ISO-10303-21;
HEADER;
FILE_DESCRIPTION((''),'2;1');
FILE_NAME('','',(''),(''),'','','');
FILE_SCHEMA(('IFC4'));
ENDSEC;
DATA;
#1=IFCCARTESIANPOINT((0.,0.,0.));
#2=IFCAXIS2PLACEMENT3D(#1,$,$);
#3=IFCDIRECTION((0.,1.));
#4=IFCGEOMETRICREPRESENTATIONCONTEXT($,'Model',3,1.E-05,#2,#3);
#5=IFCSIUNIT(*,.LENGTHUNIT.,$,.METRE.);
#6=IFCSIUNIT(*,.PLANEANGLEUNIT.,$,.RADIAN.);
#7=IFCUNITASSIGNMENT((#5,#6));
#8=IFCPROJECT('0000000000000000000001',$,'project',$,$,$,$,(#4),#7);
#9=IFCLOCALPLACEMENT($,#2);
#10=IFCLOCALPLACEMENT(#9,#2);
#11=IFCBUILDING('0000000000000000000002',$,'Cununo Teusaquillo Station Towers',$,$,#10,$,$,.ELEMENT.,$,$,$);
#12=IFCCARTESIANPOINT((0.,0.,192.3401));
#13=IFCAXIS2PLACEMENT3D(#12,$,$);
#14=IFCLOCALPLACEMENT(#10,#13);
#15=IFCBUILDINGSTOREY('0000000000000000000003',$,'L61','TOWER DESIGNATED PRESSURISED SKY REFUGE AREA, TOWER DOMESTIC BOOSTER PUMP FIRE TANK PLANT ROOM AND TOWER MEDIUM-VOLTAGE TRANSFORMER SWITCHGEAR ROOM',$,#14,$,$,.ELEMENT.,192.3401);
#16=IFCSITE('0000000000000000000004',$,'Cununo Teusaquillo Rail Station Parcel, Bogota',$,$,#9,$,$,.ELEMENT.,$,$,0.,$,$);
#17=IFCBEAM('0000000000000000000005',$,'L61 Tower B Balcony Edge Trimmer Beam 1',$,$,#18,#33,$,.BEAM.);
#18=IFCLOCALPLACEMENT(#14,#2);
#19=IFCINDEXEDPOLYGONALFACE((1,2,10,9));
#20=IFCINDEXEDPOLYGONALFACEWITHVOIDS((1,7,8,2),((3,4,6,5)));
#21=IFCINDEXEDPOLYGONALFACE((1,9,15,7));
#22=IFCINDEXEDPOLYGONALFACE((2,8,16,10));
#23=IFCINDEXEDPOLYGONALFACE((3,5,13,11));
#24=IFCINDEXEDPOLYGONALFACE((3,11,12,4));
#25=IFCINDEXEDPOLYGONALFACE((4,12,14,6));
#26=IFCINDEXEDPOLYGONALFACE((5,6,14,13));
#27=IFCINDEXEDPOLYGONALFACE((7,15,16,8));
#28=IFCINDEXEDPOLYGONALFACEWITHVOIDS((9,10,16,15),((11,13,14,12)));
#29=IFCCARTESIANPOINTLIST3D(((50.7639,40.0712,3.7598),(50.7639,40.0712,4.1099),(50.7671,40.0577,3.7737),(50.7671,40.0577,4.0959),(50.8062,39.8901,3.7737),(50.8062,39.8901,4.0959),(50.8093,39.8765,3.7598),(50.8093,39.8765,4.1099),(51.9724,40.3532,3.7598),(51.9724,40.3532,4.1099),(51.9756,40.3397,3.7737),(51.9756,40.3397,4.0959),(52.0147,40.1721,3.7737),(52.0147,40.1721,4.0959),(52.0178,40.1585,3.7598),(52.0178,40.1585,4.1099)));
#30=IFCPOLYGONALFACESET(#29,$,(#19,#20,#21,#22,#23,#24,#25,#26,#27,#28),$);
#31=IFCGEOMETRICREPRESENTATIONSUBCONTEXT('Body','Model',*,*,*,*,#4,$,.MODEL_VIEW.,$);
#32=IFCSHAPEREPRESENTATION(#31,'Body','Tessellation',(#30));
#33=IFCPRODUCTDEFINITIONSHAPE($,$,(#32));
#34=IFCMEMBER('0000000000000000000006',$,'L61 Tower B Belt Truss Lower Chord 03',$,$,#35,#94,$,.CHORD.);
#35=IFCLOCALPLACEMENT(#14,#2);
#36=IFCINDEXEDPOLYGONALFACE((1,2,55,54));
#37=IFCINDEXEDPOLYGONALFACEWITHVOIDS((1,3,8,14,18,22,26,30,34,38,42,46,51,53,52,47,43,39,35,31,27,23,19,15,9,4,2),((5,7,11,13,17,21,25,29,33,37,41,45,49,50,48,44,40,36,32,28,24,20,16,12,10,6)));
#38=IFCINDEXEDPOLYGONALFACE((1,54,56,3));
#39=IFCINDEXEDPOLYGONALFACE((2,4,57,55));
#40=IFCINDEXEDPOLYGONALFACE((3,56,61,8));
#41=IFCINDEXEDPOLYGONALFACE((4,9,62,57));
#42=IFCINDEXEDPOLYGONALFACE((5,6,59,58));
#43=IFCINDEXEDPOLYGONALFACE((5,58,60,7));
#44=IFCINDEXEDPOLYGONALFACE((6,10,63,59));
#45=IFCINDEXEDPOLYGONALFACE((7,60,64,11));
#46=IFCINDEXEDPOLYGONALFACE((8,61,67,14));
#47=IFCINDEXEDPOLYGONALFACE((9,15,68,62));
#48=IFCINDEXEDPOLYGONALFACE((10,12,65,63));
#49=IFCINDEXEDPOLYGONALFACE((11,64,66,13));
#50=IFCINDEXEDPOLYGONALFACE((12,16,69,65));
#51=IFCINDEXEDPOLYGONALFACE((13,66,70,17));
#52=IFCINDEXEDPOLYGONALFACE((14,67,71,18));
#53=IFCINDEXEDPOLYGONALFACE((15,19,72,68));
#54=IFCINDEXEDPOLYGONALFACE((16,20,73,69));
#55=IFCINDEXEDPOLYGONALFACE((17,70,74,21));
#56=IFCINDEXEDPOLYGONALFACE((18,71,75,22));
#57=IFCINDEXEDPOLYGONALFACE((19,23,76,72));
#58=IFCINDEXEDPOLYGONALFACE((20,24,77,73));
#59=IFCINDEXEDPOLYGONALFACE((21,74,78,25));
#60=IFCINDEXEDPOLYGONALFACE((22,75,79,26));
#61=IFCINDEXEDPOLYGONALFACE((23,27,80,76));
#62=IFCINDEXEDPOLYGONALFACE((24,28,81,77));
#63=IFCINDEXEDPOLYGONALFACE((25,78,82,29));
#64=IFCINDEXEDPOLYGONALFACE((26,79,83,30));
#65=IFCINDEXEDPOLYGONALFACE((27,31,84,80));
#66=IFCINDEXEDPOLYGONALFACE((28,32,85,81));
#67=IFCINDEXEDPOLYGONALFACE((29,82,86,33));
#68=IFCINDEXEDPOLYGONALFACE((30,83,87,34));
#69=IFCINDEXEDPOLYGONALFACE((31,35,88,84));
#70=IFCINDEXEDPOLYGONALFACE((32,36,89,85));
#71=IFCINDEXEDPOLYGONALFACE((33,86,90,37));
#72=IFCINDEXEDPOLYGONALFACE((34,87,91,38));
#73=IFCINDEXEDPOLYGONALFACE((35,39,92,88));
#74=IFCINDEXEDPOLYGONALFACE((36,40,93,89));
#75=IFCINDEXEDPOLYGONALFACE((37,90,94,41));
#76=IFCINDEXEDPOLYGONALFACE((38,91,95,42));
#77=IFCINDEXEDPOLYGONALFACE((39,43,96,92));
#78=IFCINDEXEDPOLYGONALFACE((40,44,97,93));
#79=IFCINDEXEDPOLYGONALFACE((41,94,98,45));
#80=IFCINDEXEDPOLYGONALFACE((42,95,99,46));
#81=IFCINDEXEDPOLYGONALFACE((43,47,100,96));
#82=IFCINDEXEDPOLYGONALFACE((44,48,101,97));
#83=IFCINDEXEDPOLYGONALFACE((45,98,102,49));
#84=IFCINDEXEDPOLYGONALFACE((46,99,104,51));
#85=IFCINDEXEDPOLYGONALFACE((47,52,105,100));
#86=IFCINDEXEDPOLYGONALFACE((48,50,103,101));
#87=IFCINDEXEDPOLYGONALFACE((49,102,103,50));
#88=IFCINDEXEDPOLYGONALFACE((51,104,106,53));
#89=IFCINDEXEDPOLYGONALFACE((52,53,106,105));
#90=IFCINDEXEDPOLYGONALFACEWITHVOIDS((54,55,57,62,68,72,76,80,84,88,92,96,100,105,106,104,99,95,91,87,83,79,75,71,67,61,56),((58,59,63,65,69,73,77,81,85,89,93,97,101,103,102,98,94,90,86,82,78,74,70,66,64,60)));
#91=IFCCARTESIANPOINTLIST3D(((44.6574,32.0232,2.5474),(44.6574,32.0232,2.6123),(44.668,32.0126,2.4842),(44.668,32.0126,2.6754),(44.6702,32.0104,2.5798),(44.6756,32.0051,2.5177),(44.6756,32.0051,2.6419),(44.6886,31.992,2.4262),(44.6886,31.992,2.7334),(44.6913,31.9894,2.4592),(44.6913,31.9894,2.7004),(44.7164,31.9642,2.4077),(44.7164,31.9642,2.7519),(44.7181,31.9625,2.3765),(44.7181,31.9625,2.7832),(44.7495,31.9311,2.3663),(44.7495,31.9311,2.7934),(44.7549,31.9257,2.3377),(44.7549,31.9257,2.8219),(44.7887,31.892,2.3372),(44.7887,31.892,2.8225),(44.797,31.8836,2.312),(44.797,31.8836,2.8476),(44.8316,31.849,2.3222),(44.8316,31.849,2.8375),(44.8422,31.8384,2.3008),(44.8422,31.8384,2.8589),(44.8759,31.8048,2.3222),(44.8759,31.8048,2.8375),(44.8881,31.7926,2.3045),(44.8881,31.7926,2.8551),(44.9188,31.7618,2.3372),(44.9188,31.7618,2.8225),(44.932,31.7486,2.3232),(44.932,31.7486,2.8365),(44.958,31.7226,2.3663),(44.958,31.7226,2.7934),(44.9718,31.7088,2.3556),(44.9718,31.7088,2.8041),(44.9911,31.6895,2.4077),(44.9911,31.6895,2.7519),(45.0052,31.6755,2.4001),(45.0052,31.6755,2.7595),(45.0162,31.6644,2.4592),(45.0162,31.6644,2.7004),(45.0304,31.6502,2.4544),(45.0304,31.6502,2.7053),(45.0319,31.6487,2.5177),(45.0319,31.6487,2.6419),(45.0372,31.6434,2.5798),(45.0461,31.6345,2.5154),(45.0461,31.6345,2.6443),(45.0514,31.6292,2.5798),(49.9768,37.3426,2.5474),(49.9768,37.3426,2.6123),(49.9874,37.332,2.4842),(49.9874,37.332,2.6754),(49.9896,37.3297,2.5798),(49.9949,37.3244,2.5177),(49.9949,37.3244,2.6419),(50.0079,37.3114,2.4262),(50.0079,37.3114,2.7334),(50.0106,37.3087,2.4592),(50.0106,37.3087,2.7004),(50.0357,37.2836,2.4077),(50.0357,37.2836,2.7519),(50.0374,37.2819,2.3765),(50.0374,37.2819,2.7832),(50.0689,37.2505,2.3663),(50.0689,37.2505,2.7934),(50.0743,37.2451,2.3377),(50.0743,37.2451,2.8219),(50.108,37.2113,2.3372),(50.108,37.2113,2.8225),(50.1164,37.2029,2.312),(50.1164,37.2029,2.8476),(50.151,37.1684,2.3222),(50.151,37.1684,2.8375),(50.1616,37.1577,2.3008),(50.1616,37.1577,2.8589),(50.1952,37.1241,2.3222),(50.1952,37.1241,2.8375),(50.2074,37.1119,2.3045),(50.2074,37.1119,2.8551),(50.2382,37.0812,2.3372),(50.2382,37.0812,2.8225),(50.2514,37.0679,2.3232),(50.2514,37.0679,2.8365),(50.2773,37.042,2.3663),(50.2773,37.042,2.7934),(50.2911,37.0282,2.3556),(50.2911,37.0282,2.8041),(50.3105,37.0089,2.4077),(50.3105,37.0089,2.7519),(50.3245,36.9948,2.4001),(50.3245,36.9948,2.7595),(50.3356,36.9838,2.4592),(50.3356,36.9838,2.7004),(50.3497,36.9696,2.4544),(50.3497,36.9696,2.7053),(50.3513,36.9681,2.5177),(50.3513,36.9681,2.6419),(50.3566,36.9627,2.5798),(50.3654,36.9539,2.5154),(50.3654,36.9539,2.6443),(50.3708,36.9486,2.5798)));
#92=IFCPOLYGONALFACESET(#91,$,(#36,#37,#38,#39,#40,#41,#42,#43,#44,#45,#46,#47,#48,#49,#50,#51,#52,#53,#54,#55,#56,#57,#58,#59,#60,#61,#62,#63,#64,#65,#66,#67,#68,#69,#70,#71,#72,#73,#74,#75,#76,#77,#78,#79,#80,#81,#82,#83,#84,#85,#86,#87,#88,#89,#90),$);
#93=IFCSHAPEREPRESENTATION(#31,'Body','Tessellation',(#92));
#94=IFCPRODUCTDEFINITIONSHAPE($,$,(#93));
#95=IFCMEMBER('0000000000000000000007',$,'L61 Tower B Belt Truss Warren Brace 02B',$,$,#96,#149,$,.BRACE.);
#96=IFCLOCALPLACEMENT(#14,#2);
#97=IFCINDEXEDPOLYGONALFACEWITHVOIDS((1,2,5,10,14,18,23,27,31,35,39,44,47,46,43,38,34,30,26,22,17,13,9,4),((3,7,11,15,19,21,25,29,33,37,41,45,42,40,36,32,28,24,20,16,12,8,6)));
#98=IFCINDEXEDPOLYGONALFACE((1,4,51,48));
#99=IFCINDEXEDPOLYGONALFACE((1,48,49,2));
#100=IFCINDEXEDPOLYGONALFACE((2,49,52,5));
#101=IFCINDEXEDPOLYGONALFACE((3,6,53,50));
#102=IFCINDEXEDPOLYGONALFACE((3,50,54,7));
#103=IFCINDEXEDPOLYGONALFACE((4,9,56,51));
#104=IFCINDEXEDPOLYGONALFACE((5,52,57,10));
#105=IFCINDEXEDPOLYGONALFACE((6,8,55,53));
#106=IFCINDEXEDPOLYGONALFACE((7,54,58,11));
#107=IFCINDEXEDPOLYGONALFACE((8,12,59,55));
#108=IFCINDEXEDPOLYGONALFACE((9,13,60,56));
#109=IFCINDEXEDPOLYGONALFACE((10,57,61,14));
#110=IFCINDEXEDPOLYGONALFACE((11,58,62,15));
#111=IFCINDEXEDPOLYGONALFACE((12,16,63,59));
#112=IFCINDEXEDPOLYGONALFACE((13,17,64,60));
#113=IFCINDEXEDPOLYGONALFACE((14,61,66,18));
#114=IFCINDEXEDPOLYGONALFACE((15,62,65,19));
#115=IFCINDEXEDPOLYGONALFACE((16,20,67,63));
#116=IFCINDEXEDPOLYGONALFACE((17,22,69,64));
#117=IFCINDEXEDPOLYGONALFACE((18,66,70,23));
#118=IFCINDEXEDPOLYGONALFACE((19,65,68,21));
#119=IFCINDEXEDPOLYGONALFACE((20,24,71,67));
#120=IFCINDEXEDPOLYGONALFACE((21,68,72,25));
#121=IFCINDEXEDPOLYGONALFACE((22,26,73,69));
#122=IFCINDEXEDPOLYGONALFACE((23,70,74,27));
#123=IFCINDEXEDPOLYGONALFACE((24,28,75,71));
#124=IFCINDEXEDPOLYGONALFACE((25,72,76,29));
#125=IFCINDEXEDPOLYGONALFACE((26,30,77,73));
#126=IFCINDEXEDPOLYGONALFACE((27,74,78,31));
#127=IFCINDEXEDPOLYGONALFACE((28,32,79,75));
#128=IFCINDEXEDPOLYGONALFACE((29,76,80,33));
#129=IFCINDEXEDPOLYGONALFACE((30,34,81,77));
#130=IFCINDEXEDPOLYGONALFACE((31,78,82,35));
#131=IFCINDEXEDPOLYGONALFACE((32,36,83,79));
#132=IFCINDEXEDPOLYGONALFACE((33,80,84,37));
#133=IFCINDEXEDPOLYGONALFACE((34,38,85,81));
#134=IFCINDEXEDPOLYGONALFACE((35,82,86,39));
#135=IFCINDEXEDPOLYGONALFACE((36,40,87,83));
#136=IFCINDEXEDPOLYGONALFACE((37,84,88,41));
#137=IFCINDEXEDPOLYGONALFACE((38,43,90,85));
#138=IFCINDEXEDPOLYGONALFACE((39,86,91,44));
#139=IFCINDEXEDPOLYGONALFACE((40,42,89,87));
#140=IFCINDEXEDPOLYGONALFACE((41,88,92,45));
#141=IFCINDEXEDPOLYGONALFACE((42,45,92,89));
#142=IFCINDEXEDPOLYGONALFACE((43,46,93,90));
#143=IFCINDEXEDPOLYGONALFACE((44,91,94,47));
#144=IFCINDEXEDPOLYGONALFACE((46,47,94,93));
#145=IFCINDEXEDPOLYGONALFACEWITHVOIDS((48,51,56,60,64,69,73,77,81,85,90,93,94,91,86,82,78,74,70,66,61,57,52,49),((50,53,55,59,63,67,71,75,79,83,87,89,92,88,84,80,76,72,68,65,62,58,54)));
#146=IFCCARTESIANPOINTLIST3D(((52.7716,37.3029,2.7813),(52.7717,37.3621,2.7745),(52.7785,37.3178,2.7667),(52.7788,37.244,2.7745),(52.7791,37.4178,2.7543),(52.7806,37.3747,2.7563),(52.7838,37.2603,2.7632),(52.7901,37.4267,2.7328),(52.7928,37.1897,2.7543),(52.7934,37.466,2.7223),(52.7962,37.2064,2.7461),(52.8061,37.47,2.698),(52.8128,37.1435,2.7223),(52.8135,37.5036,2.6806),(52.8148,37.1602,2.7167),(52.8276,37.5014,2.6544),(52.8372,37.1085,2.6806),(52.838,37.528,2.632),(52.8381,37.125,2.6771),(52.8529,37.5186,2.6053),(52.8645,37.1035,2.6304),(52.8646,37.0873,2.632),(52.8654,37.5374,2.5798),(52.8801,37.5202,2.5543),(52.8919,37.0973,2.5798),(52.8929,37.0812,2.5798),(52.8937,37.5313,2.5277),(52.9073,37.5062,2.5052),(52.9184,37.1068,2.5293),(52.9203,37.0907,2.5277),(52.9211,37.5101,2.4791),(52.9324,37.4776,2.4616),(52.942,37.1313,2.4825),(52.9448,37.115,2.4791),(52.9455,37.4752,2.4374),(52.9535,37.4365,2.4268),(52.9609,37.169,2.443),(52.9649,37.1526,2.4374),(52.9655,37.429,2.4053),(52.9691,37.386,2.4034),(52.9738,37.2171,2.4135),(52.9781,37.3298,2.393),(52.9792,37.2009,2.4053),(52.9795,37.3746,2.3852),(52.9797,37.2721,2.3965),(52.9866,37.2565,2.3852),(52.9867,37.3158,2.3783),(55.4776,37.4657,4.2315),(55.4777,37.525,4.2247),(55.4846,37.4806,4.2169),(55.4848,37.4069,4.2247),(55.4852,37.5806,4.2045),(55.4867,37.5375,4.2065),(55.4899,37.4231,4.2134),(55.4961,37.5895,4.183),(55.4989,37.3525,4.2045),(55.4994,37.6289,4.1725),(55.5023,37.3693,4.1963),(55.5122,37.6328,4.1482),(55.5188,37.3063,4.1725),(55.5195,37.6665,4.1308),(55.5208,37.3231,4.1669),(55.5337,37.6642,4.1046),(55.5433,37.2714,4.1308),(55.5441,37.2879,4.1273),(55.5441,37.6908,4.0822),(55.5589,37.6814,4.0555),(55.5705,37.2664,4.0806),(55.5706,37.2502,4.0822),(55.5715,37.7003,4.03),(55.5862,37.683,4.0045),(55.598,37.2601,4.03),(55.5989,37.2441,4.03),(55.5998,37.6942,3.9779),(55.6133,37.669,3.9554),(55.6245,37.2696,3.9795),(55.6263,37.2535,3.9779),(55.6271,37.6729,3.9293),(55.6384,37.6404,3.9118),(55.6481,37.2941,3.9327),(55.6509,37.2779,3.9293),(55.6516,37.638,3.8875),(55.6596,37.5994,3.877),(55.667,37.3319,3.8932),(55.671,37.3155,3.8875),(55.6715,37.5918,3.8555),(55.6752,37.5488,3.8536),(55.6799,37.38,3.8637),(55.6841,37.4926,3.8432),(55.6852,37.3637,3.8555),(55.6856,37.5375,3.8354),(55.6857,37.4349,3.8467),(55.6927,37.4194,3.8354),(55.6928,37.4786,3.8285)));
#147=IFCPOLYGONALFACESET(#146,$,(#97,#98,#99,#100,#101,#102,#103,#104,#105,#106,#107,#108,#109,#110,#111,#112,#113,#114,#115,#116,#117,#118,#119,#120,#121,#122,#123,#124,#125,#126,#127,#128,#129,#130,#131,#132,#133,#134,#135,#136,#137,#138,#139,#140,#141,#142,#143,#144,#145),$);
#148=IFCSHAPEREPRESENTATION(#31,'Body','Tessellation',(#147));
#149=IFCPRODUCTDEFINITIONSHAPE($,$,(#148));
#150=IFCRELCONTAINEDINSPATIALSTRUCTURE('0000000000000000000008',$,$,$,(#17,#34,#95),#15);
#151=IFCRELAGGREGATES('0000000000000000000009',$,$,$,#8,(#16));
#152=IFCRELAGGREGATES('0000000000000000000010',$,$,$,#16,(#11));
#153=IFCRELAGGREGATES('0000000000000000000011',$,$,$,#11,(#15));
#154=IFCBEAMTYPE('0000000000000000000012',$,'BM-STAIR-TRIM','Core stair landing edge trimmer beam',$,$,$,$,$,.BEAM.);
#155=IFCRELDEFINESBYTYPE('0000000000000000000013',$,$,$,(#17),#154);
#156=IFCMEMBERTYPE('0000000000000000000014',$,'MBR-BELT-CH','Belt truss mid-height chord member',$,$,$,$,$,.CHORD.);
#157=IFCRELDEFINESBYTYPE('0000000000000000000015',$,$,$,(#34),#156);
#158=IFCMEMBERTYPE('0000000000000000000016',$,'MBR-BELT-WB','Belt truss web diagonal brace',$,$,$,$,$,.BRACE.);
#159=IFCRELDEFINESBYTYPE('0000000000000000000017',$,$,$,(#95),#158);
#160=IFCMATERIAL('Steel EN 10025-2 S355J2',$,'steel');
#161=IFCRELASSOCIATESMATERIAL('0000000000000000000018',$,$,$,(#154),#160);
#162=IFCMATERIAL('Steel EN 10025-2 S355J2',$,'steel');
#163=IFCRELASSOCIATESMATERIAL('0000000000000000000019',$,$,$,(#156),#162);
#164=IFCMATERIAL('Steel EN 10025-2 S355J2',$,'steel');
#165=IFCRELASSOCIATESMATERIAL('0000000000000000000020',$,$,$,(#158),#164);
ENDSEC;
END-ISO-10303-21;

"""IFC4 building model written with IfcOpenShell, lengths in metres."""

from ifc_helpers import new_model, si_unit, direction, frame, origin, origin_2d, place, context, subcontext, project, spatial, hollow_rectangle, hollow_circle, extrude, material, material_profile, profile_set, type_object, element, save


model = new_model("IFC4")

# Units and contexts
model_context = context("Model", 3, precision=1e-05, world=origin(), true_north=direction((0.0, 1.0)))
body_context = subcontext(model_context, "Body", "Model", "MODEL_VIEW")
ifc_project = project(units=[si_unit("LENGTHUNIT", "METRE"), si_unit("PLANEANGLEUNIT", "RADIAN")], contexts=[model_context])

# Site, building, storey
site_placement = place(None, origin())
site = spatial("IfcSite", under=ifc_project, at=site_placement, Name="Cununo Teusaquillo Rail Station Parcel, Bogota", CompositionType="ELEMENT", RefElevation=0.0)
building_placement = place(site_placement, origin())
building = spatial("IfcBuilding", under=site, at=building_placement, Name="Cununo Teusaquillo Station Towers", CompositionType="ELEMENT")
storey_placement = place(building_placement, frame((0.0, 0.0, 192.3401)))
storey = spatial("IfcBuildingStorey", under=building, at=storey_placement, Name="L61", Description="TOWER DESIGNATED PRESSURISED SKY REFUGE AREA, TOWER DOMESTIC BOOSTER PUMP FIRE TANK PLANT ROOM AND TOWER MEDIUM-VOLTAGE TRANSFORMER SWITCHGEAR ROOM", CompositionType="ELEMENT", Elevation=192.3401)

# Beam
ifc_material_1 = material(Name="Steel EN 10025-2 S355J2", Category="steel")
ifc_material_profile_1 = material_profile(ifc_material_1, hollow_rectangle(XDim=0.2, YDim=0.3501, WallThickness=0.0139, at=origin_2d()), Name="RHS 350x200x14")
ifc_profile_set_1 = profile_set([ifc_material_profile_1], Name="Steel EN 10025-2 S355J2")
beam_type_1 = type_object("IfcBeamType", Name="BM-STAIR-TRIM", Description="Core stair landing edge trimmer beam", PredefinedType="BEAM", material=ifc_profile_set_1)
beam_1_placement = place(storey_placement, frame((51.9951, 40.2559, 3.9348), z_axis=(-0.973841, -0.22723, 0.0), x_axis=(0.22723, -0.973841, 0.0)))
element("IfcBeam", 1, at=beam_1_placement, inside=storey, type_object=beam_type_1, Name="L61 Tower B Balcony Edge Trimmer Beam 1", PredefinedType="BEAM", context=body_context, shape_type="SweptSolid", body=[
    extrude(hollow_rectangle(XDim=0.2, YDim=0.3501, WallThickness=0.0139, at=origin_2d()), origin(), (0.0, 0.0, 1.0), 1.241),
])

# Members
ifc_material_2 = material(Name="Steel EN 10025-2 S355J2", Category="steel")
ifc_material_profile_2 = material_profile(ifc_material_2, hollow_circle(Radius=0.2795, WallThickness=0.02, at=origin_2d()), Name="CHS 559x20")
ifc_profile_set_2 = profile_set([ifc_material_profile_2], Name="Steel EN 10025-2 S355J2")
member_type_1 = type_object("IfcMemberType", Name="MBR-BELT-CH", Description="Belt truss mid-height chord member", PredefinedType="CHORD", material=ifc_profile_set_2)
member_1_placement = place(storey_placement, frame((50.1731, 37.1462, 2.5798), z_axis=(-0.707107, -0.707107, 0.0), x_axis=(0.707107, -0.707107, 0.0)))
element("IfcMember", 2, at=member_1_placement, inside=storey, type_object=member_type_1, Name="L61 Tower B Belt Truss Lower Chord 03", PredefinedType="CHORD", context=body_context, shape_type="SweptSolid", body=[
    extrude(hollow_circle(Radius=0.2795, WallThickness=0.02, at=origin_2d()), origin(), (0.0, 0.0, 1.0), 7.5227),
])
ifc_material_3 = material(Name="Steel EN 10025-2 S355J2", Category="steel")
ifc_material_profile_3 = material_profile(ifc_material_3, hollow_circle(Radius=0.2285, WallThickness=0.0161, at=origin_2d()), Name="CHS 457x16")
ifc_profile_set_3 = profile_set([ifc_material_profile_3], Name="Steel EN 10025-2 S355J2")
member_type_2 = type_object("IfcMemberType", Name="MBR-BELT-WB", Description="Belt truss web diagonal brace", PredefinedType="BRACE", material=ifc_profile_set_3)
for number, where, z_axis, x_axis, name in (
    (3, (55.5852, 37.4722, 4.03), (-0.880172, -0.052966, -0.471691), (0.060068, -0.998194, 0.0), "L61 Tower B Belt Truss Warren Brace 02B"),
):
    element("IfcMember", number, at=place(storey_placement, frame(where, z_axis=z_axis, x_axis=x_axis)), inside=storey, type_object=member_type_2, Name=name, PredefinedType="BRACE", context=body_context, shape_type="SweptSolid", body=[
        extrude(hollow_circle(Radius=0.2285, WallThickness=0.0161, at=origin_2d()), origin(), (0.0, 0.0, 1.0), 3.0745),
    ])

save(model, "model.ifc")
